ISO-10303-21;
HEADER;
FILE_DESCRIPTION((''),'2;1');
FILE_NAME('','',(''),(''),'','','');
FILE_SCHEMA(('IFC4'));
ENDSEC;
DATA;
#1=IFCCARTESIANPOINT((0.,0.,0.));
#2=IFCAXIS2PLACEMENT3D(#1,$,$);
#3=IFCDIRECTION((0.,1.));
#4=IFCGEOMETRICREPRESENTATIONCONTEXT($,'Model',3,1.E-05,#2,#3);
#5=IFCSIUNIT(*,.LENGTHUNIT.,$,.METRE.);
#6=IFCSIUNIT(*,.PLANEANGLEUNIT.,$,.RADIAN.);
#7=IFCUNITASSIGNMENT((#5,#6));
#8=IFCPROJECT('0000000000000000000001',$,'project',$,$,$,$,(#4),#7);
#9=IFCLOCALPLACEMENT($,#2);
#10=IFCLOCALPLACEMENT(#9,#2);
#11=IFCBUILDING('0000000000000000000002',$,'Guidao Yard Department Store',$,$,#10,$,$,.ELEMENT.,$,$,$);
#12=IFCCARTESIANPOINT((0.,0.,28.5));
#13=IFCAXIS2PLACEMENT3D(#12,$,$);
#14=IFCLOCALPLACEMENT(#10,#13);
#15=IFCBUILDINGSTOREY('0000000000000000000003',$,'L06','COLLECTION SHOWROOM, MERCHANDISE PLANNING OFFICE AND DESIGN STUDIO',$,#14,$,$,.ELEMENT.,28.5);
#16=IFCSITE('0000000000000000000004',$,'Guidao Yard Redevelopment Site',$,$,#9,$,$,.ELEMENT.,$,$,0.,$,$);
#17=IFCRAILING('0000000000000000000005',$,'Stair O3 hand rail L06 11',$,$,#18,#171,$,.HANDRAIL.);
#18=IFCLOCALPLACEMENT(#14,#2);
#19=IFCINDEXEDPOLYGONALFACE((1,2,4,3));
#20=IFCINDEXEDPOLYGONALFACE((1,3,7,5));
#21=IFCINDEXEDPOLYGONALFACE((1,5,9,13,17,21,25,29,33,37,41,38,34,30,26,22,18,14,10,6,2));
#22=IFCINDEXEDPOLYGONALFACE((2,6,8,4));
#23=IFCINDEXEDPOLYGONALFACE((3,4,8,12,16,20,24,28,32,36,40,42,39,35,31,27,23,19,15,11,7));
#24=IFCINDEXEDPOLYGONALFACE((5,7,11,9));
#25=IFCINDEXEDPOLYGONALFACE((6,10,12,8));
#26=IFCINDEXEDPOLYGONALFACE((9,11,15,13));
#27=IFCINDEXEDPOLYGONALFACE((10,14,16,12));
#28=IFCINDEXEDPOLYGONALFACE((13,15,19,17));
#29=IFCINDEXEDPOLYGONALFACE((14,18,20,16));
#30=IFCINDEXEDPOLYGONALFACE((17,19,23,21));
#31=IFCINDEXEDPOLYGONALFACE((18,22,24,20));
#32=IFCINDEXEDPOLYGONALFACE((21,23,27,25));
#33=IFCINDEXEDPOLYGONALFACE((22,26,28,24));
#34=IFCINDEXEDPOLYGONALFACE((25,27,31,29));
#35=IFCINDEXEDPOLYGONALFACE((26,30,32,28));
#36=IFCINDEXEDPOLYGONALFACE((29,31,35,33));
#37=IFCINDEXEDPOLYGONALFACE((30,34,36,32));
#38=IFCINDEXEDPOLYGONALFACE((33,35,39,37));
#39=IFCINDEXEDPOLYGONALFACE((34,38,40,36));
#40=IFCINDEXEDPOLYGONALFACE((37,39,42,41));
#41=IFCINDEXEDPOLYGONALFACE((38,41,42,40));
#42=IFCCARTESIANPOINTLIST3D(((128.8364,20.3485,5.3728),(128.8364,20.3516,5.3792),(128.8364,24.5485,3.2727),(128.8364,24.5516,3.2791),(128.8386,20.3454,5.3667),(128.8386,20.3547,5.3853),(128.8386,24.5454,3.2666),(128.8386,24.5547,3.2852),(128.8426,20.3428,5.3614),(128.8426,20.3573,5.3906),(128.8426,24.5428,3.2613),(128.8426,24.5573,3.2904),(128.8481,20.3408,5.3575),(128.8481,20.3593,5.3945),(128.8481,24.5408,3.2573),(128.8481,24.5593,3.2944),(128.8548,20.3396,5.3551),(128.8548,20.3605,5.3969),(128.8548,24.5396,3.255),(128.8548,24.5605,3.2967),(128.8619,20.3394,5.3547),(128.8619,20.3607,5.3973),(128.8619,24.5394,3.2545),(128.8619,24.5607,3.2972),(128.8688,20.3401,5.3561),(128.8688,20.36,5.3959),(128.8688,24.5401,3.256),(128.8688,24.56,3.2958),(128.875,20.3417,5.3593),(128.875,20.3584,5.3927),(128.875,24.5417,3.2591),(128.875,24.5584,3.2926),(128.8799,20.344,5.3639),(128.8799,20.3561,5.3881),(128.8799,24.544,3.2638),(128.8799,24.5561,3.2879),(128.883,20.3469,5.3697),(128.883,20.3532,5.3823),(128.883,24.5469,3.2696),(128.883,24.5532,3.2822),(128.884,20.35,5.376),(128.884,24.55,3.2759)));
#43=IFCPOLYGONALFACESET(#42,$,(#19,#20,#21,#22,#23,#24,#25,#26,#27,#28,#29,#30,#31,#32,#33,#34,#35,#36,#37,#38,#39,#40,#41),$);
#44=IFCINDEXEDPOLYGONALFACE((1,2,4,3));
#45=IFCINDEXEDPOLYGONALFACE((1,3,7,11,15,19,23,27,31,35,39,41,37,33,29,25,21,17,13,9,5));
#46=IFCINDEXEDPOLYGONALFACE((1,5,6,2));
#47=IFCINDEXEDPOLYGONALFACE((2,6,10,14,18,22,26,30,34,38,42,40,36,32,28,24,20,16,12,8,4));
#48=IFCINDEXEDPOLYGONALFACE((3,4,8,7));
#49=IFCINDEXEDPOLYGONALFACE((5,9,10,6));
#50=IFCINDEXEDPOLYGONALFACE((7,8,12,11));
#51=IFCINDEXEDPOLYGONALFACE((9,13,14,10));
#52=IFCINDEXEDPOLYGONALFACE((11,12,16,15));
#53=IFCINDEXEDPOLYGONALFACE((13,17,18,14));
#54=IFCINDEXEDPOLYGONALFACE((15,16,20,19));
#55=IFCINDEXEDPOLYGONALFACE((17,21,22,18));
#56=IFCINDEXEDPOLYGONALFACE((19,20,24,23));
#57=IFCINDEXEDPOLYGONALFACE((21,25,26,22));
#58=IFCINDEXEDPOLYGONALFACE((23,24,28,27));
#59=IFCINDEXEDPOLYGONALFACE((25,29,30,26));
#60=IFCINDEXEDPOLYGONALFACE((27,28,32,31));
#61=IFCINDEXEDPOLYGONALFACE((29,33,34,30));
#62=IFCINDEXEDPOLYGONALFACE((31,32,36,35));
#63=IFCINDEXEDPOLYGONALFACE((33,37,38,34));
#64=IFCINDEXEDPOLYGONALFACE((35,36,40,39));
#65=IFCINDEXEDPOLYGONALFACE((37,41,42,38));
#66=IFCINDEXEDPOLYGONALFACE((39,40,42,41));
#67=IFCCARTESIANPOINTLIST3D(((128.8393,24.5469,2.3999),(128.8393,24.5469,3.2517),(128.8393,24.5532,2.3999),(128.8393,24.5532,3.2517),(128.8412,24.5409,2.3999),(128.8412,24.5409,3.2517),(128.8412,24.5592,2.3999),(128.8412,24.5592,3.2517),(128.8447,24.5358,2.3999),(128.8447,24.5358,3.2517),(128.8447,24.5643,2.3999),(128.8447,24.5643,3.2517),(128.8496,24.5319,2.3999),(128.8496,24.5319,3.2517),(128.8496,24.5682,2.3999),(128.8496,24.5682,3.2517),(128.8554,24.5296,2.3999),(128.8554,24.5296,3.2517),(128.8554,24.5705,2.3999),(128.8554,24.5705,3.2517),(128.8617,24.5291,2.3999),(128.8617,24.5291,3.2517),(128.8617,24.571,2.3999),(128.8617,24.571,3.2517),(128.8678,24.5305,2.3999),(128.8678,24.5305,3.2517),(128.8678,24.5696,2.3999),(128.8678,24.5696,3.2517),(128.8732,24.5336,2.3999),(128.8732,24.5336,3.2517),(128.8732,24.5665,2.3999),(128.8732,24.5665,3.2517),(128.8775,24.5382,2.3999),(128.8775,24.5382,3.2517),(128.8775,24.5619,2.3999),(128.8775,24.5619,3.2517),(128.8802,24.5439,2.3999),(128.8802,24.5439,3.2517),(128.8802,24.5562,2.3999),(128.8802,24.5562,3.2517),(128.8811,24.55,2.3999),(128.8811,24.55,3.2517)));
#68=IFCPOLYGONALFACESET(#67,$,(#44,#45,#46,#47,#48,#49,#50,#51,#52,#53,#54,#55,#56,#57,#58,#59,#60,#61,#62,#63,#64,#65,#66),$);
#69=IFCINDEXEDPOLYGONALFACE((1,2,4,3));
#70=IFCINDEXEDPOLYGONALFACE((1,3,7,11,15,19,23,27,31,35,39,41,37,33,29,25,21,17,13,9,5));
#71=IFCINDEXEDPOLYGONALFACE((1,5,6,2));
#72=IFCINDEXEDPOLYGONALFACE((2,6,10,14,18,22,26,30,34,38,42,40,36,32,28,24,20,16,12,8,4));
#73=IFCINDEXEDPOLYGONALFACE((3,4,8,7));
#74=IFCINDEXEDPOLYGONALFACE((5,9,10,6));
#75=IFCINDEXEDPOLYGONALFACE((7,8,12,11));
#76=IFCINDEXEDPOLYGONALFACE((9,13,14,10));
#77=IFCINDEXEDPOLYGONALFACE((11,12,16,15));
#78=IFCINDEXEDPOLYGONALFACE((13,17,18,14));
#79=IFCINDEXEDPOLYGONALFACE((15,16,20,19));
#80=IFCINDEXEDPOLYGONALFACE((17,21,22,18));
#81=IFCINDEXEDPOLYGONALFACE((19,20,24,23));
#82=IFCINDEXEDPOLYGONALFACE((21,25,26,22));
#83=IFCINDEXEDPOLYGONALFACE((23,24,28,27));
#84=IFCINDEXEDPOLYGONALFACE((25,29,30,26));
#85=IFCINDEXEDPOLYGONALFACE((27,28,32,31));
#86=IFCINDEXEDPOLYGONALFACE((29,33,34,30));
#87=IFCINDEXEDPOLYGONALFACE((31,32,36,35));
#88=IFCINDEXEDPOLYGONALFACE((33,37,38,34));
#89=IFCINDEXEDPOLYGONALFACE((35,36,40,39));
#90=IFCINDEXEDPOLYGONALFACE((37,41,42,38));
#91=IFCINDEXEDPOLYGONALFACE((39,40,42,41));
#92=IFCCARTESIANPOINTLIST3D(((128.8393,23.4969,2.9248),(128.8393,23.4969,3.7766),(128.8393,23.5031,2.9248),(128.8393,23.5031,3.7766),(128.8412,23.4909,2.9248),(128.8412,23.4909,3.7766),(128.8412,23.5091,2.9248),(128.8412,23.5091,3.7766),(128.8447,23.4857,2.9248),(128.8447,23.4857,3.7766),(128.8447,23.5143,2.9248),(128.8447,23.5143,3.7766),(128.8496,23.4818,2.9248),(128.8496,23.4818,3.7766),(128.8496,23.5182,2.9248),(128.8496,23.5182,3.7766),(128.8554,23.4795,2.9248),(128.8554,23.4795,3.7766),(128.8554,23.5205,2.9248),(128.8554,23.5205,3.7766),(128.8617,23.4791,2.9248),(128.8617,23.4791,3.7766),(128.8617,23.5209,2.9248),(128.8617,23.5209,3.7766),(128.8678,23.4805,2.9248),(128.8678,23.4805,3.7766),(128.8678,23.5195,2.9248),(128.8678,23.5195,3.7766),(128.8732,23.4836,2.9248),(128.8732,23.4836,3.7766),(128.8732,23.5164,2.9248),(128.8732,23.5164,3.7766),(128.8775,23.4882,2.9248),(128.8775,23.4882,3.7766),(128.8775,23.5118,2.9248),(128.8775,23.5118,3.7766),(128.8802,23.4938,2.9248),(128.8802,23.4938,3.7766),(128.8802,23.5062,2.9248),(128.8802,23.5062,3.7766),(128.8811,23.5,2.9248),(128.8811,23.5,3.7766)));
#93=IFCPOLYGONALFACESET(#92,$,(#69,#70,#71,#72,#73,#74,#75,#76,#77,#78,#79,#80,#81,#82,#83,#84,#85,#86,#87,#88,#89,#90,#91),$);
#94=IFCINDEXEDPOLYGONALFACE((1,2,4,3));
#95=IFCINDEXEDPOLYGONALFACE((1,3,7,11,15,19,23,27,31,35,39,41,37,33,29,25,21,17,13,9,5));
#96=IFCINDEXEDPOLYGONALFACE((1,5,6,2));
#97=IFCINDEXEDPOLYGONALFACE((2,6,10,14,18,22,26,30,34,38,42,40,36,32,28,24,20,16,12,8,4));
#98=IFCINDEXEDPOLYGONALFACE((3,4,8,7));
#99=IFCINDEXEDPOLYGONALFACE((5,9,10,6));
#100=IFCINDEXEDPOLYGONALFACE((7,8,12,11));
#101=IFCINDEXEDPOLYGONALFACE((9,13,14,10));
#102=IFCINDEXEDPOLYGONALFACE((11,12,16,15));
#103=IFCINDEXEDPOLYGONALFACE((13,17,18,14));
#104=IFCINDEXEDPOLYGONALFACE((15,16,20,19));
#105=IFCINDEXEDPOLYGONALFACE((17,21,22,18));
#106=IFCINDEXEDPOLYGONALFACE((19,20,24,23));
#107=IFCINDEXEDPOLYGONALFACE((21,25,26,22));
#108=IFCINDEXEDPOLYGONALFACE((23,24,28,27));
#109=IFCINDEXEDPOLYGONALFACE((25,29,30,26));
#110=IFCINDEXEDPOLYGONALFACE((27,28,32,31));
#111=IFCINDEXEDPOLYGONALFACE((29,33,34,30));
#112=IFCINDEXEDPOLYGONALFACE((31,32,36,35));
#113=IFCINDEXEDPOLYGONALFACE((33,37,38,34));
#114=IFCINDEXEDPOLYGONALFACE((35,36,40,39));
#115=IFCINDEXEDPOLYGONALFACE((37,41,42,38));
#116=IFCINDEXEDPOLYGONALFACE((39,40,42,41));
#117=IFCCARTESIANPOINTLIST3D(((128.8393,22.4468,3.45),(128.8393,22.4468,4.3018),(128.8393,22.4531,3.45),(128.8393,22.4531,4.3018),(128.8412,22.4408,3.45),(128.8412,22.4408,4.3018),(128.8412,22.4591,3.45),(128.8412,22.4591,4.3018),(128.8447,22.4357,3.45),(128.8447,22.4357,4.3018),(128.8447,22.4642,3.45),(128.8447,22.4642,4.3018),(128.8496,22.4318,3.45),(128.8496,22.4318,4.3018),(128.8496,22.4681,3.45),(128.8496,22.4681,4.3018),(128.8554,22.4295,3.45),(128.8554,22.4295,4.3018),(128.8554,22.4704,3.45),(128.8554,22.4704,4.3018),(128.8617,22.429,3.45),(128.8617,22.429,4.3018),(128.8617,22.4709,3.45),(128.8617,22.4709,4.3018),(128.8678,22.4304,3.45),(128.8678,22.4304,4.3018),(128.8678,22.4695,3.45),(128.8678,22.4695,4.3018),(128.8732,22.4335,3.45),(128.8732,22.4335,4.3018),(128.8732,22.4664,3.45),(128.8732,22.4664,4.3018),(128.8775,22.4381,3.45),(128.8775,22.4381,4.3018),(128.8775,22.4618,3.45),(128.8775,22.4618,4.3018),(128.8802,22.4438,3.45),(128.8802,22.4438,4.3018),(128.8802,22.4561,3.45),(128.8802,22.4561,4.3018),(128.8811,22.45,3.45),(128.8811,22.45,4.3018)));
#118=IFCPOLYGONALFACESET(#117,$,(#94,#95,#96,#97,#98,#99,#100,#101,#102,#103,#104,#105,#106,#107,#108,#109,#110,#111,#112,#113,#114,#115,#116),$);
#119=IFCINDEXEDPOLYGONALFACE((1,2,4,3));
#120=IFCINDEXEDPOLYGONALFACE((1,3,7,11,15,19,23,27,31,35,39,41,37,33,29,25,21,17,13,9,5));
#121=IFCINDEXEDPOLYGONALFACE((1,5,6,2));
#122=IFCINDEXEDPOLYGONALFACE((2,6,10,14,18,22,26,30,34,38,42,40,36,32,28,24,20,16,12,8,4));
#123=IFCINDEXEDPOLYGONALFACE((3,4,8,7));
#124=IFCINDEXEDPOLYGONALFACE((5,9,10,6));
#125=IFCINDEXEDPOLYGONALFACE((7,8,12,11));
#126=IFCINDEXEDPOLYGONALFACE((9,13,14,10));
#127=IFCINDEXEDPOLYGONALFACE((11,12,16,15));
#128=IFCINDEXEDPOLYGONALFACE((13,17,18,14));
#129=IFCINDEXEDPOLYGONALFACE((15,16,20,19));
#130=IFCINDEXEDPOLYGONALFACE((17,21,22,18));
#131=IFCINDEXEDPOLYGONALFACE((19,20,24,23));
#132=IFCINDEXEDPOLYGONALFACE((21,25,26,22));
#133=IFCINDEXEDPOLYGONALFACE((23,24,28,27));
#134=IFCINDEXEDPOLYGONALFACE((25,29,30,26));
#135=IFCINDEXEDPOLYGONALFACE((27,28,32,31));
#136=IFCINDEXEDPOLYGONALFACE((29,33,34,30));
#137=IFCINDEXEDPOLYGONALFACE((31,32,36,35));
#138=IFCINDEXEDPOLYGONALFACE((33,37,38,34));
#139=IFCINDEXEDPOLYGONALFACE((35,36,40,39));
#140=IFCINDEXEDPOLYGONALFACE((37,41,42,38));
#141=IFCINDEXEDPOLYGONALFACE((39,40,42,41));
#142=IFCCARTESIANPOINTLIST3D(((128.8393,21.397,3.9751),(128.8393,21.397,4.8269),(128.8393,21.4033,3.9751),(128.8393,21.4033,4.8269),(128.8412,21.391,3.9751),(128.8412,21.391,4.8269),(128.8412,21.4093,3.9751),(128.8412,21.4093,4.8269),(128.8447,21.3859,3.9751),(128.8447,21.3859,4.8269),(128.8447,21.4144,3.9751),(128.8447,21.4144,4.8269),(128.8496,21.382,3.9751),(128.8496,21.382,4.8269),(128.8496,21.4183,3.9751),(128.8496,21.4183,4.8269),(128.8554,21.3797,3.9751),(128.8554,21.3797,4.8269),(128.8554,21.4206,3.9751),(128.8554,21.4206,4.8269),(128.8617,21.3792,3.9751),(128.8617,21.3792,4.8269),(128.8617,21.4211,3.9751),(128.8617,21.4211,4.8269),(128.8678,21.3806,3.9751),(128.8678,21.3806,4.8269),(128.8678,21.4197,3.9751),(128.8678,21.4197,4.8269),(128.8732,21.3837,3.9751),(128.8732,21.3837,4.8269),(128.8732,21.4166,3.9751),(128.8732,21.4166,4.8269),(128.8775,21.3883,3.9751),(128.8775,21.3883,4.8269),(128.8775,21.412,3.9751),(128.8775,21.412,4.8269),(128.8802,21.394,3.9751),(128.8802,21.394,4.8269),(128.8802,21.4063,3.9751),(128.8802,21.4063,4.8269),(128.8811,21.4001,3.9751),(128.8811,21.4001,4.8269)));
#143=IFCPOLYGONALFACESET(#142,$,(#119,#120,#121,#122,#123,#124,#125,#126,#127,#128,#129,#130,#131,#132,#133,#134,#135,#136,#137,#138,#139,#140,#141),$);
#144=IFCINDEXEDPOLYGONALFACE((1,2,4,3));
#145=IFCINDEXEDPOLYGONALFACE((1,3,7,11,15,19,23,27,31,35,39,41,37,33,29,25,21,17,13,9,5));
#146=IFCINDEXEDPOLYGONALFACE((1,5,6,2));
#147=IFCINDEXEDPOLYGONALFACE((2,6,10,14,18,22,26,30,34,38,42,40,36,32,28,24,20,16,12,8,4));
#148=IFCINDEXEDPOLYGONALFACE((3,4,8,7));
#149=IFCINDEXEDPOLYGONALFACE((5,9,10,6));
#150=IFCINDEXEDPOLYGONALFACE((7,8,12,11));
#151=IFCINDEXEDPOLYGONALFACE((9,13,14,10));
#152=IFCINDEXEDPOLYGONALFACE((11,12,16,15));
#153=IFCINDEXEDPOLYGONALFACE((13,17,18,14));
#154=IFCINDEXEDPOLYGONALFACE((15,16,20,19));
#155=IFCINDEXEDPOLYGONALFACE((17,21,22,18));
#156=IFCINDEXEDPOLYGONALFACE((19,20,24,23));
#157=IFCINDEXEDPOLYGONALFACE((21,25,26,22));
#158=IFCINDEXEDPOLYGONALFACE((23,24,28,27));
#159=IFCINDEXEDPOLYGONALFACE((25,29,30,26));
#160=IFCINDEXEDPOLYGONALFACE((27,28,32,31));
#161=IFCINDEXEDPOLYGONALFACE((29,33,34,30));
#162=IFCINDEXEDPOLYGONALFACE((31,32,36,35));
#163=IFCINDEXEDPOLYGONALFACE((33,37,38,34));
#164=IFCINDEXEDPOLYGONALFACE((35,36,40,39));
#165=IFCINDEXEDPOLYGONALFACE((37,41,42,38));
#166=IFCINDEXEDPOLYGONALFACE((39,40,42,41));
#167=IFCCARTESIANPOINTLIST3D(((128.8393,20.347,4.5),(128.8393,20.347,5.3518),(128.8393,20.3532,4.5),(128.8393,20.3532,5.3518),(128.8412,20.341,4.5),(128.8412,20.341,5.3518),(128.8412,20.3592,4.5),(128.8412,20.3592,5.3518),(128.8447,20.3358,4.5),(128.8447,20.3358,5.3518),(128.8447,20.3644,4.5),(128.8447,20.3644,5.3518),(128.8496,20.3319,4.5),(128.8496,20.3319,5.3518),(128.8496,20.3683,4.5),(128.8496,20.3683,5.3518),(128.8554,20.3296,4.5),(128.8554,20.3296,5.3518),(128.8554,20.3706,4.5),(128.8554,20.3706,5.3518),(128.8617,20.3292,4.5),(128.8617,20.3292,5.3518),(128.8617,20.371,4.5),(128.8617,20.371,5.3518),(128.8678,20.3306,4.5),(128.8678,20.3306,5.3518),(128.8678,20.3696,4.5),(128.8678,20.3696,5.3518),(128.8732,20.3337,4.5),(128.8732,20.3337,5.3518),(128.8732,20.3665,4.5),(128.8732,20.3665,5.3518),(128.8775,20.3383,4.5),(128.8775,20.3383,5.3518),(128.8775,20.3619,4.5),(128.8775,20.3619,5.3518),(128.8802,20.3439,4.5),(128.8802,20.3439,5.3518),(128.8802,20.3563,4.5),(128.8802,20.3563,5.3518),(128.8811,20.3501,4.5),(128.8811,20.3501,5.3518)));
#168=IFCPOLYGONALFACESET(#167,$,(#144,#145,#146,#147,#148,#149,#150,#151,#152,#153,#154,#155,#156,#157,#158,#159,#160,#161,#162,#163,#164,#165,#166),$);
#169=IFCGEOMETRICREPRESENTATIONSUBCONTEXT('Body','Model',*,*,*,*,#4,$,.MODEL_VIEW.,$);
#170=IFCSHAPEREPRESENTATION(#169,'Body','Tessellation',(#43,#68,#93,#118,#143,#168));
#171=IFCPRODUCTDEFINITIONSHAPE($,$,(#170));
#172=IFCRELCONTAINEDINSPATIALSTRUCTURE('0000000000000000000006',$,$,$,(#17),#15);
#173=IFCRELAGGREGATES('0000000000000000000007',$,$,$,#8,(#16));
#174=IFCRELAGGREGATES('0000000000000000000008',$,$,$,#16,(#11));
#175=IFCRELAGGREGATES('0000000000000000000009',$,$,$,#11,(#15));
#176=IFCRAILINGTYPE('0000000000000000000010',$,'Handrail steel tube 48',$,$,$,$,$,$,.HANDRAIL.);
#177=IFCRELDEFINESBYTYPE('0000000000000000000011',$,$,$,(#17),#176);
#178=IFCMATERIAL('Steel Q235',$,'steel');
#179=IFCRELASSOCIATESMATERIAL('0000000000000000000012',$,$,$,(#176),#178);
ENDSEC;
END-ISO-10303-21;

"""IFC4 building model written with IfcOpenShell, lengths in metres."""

from ifc_helpers import new_model, si_unit, direction, frame, origin, origin_2d, place, context, subcontext, project, spatial, circle, extrude, material, type_object, element, save


model = new_model("IFC4")

# Units and contexts
model_context = context("Model", 3, precision=1e-05, world=origin(), true_north=direction((0.0, 1.0)))
body_context = subcontext(model_context, "Body", "Model", "MODEL_VIEW")
ifc_project = project(units=[si_unit("LENGTHUNIT", "METRE"), si_unit("PLANEANGLEUNIT", "RADIAN")], contexts=[model_context])

# Site, building, storey
site_placement = place(None, origin())
site = spatial("IfcSite", under=ifc_project, at=site_placement, Name="Guidao Yard Redevelopment Site", CompositionType="ELEMENT", RefElevation=0.0)
building_placement = place(site_placement, origin())
building = spatial("IfcBuilding", under=site, at=building_placement, Name="Guidao Yard Department Store", CompositionType="ELEMENT")
storey_placement = place(building_placement, frame((0.0, 0.0, 28.5)))
storey = spatial("IfcBuildingStorey", under=building, at=storey_placement, Name="L06", Description="COLLECTION SHOWROOM, MERCHANDISE PLANNING OFFICE AND DESIGN STUDIO", CompositionType="ELEMENT", Elevation=28.5)

# Railing
ifc_material_1 = material(Name="Steel Q235", Category="steel")
railing_type_1 = type_object("IfcRailingType", Name="Handrail steel tube 48", PredefinedType="HANDRAIL", material=ifc_material_1)
for number, where, name in (
    (1, (128.8601, 24.55, 2.3999), "Stair O3 hand rail L06 11"),
):
    element("IfcRailing", number, at=place(storey_placement, frame(where)), inside=storey, type_object=railing_type_1, Name=name, PredefinedType="HANDRAIL", context=body_context, shape_type="SweptSolid", body=[
        extrude(circle(Radius=0.0239, at=origin_2d()), frame((0.0, 0.0, 0.876), z_axis=(0.0, -0.894417, 0.447234), x_axis=(1.0, 0.0, 0.0)), (0.0, 0.0, 1.0), 4.6958),
        extrude(circle(Radius=0.021, at=origin_2d()), origin(), (0.0, 0.0, 1.0), 0.8518),
        extrude(circle(Radius=0.021, at=origin_2d()), frame((0.0, -1.05, 0.5249)), (0.0, 0.0, 1.0), 0.8518),
        extrude(circle(Radius=0.021, at=origin_2d()), frame((0.0, -2.1001, 1.05)), (0.0, 0.0, 1.0), 0.8518),
        extrude(circle(Radius=0.021, at=origin_2d()), frame((0.0, -3.1499, 1.5752)), (0.0, 0.0, 1.0), 0.8518),
        extrude(circle(Radius=0.021, at=origin_2d()), frame((0.0, -4.2, 2.1001)), (0.0, 0.0, 1.0), 0.8518),
    ])

save(model, "model.ifc")
